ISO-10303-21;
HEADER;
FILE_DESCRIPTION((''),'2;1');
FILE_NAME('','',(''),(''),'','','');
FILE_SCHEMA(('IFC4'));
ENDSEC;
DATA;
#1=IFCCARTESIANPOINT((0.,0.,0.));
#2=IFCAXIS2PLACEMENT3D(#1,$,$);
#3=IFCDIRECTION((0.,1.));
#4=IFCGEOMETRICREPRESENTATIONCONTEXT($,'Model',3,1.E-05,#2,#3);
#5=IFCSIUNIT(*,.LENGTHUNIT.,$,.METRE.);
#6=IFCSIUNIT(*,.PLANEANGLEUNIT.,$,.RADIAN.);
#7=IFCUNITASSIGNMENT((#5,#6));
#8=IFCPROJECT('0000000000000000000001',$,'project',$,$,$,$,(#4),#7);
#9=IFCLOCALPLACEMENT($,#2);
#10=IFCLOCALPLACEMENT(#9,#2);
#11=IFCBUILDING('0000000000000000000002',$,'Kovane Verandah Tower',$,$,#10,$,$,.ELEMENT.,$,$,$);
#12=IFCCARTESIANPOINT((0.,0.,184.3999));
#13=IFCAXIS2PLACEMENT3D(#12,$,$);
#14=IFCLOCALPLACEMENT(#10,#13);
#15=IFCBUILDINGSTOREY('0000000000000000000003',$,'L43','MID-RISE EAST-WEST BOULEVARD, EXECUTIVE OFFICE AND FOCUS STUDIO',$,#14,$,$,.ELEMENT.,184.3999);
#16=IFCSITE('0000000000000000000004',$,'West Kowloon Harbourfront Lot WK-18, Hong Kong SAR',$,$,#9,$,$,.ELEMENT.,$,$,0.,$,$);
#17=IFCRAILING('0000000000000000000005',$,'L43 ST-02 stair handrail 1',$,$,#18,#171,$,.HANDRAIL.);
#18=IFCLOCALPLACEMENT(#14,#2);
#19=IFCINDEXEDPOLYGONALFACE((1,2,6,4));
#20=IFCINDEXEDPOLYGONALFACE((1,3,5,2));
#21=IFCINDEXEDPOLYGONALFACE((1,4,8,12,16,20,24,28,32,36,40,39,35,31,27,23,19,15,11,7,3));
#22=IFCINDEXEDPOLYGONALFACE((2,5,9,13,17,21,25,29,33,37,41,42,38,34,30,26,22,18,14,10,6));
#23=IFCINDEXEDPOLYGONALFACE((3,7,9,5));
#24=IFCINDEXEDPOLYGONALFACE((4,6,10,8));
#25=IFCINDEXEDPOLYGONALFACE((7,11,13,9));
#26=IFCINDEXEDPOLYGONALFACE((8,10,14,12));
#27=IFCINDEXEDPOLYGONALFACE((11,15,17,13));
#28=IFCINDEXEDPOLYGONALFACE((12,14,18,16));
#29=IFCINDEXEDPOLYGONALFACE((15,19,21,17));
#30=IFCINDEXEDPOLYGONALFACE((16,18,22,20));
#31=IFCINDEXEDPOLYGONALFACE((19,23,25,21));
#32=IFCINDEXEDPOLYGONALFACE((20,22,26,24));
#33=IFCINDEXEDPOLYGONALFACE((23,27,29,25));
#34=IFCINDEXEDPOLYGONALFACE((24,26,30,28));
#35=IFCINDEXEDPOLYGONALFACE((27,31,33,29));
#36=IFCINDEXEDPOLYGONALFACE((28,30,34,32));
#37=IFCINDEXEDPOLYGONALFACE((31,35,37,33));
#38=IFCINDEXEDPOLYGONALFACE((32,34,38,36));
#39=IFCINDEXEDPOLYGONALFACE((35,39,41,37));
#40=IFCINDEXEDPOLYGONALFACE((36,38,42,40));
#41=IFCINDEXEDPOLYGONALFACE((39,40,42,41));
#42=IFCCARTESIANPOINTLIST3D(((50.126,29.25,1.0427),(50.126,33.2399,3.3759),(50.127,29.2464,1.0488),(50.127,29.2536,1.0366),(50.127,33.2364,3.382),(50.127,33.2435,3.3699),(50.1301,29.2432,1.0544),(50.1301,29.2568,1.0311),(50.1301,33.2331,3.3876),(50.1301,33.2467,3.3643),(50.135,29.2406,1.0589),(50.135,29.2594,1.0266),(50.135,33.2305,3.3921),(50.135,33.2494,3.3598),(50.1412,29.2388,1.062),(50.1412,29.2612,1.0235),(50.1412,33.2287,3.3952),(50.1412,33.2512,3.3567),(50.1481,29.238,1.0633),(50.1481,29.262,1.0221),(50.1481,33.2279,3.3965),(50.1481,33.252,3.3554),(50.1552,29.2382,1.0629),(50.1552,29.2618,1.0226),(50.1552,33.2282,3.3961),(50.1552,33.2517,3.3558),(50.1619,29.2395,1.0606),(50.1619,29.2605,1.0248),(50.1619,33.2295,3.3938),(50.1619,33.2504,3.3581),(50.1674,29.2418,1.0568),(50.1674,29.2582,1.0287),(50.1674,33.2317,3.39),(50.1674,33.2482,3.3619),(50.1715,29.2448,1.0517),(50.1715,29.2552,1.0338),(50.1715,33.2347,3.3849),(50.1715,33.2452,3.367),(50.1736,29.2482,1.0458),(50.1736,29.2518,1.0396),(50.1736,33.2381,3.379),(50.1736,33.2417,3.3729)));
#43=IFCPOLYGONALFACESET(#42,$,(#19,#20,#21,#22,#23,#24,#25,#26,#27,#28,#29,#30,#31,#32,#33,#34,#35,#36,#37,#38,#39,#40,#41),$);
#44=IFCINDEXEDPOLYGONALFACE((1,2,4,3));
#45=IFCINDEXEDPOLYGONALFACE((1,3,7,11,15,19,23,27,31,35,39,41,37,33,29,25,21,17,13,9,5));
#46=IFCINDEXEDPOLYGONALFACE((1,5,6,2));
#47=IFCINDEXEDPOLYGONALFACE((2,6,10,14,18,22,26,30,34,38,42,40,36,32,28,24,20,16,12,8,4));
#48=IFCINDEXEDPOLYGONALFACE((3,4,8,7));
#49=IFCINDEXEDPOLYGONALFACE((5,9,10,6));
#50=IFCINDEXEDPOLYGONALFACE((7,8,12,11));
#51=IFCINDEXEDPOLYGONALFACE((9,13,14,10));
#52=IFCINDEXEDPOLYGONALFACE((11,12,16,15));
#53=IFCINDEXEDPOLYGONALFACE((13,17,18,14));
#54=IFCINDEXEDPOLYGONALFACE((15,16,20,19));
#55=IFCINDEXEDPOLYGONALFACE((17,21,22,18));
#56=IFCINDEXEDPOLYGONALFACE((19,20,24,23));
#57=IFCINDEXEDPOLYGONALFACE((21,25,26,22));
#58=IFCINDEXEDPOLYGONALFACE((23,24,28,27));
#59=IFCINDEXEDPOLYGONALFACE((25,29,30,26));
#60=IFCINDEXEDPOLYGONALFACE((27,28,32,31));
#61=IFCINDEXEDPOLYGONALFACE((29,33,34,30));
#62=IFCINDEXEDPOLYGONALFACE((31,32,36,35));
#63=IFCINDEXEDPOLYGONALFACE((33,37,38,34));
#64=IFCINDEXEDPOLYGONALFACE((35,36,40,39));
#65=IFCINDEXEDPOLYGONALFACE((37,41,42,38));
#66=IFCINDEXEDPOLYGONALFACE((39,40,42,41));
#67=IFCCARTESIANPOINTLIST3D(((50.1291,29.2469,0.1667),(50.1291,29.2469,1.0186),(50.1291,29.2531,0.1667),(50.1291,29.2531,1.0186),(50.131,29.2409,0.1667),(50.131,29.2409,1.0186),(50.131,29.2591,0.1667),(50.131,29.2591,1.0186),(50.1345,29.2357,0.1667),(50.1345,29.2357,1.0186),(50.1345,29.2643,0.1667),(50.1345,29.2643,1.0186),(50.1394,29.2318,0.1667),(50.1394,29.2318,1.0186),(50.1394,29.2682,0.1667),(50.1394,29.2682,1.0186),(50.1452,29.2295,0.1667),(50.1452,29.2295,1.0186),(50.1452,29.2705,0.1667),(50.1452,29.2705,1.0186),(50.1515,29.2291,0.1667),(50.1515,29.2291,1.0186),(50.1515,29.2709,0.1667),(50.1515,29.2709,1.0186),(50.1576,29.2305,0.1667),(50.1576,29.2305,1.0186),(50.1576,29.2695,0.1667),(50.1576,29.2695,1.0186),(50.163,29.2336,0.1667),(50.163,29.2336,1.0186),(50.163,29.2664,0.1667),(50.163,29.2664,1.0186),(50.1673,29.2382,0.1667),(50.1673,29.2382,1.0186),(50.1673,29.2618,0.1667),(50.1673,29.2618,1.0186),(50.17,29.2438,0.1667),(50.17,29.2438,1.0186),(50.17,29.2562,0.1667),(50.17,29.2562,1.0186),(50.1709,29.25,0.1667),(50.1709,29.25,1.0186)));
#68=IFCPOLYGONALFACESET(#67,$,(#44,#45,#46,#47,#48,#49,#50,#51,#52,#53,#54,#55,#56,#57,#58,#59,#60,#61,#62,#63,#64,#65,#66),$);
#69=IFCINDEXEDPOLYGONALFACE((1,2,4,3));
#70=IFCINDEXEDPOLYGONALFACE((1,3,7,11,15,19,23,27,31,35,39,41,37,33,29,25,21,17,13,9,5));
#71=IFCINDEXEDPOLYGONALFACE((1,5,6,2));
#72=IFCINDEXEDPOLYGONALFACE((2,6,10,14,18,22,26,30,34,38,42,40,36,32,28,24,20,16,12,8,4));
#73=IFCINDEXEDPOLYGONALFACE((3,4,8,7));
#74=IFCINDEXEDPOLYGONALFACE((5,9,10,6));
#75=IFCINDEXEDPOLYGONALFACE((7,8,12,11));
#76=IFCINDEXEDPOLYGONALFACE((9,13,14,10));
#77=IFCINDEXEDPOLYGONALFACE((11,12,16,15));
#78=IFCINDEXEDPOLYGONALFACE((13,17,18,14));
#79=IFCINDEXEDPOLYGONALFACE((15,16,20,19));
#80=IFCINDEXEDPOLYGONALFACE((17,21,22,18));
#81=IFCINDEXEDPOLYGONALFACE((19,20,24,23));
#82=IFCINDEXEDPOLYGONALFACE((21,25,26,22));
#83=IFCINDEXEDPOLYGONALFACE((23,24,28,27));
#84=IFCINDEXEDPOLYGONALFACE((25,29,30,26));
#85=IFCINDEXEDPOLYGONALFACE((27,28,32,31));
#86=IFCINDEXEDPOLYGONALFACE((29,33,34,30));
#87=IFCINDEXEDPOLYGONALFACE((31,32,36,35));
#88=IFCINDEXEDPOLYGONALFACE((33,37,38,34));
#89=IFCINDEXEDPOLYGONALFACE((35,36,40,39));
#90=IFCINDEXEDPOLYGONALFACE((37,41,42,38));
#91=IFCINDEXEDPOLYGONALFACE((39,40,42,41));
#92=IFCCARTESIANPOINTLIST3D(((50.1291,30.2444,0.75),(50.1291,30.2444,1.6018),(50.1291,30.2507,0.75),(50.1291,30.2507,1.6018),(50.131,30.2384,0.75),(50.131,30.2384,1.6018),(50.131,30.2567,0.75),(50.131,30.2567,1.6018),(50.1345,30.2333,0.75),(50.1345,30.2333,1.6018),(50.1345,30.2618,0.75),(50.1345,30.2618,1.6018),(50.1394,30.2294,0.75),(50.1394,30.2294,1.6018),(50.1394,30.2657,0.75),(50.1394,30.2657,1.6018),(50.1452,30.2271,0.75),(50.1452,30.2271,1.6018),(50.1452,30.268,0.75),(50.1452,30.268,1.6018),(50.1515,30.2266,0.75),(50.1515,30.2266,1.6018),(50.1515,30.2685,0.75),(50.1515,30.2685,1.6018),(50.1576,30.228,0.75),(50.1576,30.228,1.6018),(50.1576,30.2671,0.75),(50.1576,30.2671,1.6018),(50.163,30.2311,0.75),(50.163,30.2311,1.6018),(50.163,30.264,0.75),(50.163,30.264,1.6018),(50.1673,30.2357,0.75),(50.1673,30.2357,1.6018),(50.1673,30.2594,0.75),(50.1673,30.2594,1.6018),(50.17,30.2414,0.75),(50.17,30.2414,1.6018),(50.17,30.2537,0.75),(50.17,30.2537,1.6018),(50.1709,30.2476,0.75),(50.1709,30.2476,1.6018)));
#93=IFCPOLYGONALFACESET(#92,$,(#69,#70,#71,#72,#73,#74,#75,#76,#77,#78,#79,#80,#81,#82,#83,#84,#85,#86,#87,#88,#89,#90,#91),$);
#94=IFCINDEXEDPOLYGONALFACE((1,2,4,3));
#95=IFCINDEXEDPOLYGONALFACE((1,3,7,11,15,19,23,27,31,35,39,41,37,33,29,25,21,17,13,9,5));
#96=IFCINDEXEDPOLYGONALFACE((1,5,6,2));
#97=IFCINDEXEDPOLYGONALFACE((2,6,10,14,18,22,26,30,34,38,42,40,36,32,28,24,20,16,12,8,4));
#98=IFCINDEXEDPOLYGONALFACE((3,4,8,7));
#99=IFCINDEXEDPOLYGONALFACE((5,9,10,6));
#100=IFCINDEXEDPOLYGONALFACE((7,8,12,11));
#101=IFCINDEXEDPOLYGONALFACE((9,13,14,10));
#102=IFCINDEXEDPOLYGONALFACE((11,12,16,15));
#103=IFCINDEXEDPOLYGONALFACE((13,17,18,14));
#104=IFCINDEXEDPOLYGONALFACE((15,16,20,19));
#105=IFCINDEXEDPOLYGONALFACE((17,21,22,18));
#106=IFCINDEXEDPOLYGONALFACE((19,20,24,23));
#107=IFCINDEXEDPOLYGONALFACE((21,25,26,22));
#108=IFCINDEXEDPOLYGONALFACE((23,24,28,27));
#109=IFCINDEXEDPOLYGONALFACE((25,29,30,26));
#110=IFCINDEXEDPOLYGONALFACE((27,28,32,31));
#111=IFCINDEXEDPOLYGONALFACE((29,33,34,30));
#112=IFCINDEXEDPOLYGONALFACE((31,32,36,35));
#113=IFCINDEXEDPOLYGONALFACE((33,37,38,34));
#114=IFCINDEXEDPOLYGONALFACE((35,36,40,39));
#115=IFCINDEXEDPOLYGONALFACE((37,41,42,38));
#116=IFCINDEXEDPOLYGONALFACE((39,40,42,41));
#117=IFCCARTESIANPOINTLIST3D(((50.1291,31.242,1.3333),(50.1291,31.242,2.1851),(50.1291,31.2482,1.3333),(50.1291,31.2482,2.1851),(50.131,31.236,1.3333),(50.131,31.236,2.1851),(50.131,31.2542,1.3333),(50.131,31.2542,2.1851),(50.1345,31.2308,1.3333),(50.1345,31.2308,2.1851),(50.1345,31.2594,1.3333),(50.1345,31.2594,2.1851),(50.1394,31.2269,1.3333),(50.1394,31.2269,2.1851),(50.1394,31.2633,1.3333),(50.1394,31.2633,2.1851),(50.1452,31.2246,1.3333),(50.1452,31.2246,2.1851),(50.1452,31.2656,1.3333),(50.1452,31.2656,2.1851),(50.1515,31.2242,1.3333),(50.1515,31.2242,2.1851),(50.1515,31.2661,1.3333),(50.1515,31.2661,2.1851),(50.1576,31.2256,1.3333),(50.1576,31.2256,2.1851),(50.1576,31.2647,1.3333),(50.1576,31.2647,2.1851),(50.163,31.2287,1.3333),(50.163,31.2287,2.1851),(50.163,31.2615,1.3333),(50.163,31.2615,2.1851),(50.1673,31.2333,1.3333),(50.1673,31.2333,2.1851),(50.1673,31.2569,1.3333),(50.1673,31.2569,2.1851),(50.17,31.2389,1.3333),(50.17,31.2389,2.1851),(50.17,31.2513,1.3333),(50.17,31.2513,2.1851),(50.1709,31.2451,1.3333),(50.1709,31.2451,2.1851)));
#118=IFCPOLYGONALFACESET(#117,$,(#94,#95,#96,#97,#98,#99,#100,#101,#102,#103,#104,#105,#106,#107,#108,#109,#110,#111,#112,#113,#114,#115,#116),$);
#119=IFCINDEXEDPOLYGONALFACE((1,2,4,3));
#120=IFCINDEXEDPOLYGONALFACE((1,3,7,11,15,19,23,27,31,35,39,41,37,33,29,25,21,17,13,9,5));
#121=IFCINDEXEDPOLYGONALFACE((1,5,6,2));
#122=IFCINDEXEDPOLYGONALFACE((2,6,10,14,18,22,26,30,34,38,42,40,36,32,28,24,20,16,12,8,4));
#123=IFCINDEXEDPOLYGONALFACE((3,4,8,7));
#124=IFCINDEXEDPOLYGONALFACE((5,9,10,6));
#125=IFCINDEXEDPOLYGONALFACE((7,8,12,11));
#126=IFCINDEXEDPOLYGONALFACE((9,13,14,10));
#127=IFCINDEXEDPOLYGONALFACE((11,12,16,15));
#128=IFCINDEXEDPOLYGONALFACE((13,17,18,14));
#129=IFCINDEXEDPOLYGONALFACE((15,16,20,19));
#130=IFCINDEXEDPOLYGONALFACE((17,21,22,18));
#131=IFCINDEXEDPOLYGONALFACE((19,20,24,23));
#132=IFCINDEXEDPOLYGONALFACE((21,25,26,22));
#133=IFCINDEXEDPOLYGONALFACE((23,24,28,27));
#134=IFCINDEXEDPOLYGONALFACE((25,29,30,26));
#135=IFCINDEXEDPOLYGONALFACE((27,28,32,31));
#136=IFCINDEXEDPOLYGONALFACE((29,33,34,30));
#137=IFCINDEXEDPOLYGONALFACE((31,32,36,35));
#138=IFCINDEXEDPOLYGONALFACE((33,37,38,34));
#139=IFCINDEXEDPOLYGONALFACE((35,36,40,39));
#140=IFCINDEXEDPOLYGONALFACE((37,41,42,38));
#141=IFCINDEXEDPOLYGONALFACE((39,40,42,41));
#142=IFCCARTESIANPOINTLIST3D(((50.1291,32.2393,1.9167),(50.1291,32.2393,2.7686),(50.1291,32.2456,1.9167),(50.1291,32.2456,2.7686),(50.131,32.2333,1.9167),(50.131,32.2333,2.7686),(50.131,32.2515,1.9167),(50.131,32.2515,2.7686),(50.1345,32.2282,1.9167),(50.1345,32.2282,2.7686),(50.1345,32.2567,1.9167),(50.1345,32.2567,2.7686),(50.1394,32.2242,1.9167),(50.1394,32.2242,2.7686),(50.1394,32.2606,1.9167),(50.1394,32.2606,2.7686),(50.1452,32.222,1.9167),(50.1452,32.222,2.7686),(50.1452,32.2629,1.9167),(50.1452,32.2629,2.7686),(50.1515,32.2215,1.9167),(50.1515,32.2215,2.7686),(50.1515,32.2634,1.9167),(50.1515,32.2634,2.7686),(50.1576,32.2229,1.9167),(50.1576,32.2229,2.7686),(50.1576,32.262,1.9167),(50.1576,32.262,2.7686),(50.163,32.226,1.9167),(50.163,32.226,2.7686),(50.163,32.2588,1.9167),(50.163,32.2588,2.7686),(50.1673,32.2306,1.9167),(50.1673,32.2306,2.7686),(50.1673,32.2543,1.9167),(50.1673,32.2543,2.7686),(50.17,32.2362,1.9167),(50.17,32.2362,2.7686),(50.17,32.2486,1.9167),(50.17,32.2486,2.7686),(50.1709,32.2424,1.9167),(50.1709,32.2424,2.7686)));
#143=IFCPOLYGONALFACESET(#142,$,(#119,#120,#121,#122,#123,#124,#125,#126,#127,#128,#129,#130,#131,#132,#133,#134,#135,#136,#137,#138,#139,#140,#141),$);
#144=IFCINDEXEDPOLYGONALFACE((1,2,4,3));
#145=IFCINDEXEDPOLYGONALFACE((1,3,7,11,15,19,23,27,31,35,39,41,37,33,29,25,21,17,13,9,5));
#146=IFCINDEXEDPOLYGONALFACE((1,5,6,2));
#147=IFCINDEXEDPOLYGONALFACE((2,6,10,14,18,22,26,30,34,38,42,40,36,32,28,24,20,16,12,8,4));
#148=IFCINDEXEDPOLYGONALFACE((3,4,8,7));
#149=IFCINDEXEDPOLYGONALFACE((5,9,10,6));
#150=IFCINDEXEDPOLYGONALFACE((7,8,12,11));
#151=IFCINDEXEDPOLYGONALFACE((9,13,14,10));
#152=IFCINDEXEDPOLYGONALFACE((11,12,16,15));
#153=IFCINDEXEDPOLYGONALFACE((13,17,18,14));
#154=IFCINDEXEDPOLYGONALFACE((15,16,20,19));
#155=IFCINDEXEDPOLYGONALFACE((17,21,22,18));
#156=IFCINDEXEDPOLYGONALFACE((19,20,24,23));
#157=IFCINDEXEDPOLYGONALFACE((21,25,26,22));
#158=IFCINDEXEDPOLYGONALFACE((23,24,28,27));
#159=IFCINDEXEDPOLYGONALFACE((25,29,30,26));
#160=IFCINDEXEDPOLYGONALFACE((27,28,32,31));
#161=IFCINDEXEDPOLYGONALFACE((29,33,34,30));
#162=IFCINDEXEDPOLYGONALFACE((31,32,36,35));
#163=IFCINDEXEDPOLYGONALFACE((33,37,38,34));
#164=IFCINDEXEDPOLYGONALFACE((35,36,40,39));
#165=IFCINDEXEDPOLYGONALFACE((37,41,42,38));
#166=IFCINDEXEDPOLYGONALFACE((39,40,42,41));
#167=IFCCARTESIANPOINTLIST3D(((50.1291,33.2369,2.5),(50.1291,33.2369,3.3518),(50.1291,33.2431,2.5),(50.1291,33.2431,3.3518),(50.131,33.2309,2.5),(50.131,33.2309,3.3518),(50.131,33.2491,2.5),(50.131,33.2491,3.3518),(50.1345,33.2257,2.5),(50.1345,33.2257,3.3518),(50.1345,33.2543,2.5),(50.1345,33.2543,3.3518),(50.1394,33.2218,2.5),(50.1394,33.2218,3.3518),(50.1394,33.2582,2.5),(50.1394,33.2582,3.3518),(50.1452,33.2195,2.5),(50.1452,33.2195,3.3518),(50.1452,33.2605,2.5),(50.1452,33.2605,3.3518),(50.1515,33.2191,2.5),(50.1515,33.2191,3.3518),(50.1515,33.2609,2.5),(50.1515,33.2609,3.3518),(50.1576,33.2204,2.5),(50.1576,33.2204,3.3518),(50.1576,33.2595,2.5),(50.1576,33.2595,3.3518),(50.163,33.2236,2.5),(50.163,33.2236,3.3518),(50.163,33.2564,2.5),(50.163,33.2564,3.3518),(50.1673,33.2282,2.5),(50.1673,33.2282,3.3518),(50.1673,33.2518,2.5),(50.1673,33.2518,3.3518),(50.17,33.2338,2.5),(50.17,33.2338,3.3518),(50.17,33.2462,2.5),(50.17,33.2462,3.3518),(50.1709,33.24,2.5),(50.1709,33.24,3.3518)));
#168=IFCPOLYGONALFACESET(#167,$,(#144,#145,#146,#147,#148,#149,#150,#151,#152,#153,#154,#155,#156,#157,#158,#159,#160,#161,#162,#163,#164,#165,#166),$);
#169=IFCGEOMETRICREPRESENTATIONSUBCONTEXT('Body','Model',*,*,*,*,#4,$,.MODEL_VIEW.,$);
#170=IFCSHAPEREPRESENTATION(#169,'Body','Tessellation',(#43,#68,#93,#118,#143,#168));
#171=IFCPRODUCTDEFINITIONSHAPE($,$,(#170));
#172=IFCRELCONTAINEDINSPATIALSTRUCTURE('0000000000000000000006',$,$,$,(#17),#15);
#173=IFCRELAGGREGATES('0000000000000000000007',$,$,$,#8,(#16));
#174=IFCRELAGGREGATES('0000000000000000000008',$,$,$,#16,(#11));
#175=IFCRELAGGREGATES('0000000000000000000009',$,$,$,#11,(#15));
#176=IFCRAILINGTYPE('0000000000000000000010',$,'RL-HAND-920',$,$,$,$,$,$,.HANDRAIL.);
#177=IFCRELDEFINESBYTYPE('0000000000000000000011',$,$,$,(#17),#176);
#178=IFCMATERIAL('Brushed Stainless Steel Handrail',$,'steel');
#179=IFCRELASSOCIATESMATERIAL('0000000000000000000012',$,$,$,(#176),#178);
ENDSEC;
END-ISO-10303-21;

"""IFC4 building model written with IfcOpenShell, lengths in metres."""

from ifc_helpers import new_model, si_unit, direction, frame, origin, origin_2d, place, context, subcontext, project, spatial, circle, extrude, material, type_object, element, save


model = new_model("IFC4")

# Units and contexts
model_context = context("Model", 3, precision=1e-05, world=origin(), true_north=direction((0.0, 1.0)))
body_context = subcontext(model_context, "Body", "Model", "MODEL_VIEW")
ifc_project = project(units=[si_unit("LENGTHUNIT", "METRE"), si_unit("PLANEANGLEUNIT", "RADIAN")], contexts=[model_context])

# Site, building, storey
site_placement = place(None, origin())
site = spatial("IfcSite", under=ifc_project, at=site_placement, Name="West Kowloon Harbourfront Lot WK-18, Hong Kong SAR", CompositionType="ELEMENT", RefElevation=0.0)
building_placement = place(site_placement, origin())
building = spatial("IfcBuilding", under=site, at=building_placement, Name="Kovane Verandah Tower", CompositionType="ELEMENT")
storey_placement = place(building_placement, frame((0.0, 0.0, 184.3999)))
storey = spatial("IfcBuildingStorey", under=building, at=storey_placement, Name="L43", Description="MID-RISE EAST-WEST BOULEVARD, EXECUTIVE OFFICE AND FOCUS STUDIO", CompositionType="ELEMENT", Elevation=184.3999)

# Railing
ifc_material_1 = material(Name="Brushed Stainless Steel Handrail", Category="steel")
railing_type_1 = type_object("IfcRailingType", Name="RL-HAND-920", PredefinedType="HANDRAIL", material=ifc_material_1)
railing_1_placement = place(storey_placement, frame((50.1499, 29.25, 0.1667)))
element("IfcRailing", 1, at=railing_1_placement, inside=storey, type_object=railing_type_1, Name="L43 ST-02 stair handrail 1", PredefinedType="HANDRAIL", context=body_context, shape_type="SweptSolid", body=[
    extrude(circle(Radius=0.0239, at=origin_2d()), frame((0.0, 0.0, 0.876), z_axis=(0.0, 0.863236, 0.5048), x_axis=(-1.0, 0.0, 0.0)), (0.0, 0.0, 1.0), 4.6221),
    extrude(circle(Radius=0.021, at=origin_2d()), origin(), (0.0, 0.0, 1.0), 0.8518),
    extrude(circle(Radius=0.021, at=origin_2d()), frame((0.0, 0.9976, 0.5833)), (0.0, 0.0, 1.0), 0.8518),
    extrude(circle(Radius=0.021, at=origin_2d()), frame((0.0, 1.9951, 1.1665)), (0.0, 0.0, 1.0), 0.8518),
    extrude(circle(Radius=0.021, at=origin_2d()), frame((0.0, 2.9924, 1.75)), (0.0, 0.0, 1.0), 0.8518),
    extrude(circle(Radius=0.021, at=origin_2d()), frame((0.0, 3.99, 2.3333)), (0.0, 0.0, 1.0), 0.8518),
])

save(model, "model.ifc")
